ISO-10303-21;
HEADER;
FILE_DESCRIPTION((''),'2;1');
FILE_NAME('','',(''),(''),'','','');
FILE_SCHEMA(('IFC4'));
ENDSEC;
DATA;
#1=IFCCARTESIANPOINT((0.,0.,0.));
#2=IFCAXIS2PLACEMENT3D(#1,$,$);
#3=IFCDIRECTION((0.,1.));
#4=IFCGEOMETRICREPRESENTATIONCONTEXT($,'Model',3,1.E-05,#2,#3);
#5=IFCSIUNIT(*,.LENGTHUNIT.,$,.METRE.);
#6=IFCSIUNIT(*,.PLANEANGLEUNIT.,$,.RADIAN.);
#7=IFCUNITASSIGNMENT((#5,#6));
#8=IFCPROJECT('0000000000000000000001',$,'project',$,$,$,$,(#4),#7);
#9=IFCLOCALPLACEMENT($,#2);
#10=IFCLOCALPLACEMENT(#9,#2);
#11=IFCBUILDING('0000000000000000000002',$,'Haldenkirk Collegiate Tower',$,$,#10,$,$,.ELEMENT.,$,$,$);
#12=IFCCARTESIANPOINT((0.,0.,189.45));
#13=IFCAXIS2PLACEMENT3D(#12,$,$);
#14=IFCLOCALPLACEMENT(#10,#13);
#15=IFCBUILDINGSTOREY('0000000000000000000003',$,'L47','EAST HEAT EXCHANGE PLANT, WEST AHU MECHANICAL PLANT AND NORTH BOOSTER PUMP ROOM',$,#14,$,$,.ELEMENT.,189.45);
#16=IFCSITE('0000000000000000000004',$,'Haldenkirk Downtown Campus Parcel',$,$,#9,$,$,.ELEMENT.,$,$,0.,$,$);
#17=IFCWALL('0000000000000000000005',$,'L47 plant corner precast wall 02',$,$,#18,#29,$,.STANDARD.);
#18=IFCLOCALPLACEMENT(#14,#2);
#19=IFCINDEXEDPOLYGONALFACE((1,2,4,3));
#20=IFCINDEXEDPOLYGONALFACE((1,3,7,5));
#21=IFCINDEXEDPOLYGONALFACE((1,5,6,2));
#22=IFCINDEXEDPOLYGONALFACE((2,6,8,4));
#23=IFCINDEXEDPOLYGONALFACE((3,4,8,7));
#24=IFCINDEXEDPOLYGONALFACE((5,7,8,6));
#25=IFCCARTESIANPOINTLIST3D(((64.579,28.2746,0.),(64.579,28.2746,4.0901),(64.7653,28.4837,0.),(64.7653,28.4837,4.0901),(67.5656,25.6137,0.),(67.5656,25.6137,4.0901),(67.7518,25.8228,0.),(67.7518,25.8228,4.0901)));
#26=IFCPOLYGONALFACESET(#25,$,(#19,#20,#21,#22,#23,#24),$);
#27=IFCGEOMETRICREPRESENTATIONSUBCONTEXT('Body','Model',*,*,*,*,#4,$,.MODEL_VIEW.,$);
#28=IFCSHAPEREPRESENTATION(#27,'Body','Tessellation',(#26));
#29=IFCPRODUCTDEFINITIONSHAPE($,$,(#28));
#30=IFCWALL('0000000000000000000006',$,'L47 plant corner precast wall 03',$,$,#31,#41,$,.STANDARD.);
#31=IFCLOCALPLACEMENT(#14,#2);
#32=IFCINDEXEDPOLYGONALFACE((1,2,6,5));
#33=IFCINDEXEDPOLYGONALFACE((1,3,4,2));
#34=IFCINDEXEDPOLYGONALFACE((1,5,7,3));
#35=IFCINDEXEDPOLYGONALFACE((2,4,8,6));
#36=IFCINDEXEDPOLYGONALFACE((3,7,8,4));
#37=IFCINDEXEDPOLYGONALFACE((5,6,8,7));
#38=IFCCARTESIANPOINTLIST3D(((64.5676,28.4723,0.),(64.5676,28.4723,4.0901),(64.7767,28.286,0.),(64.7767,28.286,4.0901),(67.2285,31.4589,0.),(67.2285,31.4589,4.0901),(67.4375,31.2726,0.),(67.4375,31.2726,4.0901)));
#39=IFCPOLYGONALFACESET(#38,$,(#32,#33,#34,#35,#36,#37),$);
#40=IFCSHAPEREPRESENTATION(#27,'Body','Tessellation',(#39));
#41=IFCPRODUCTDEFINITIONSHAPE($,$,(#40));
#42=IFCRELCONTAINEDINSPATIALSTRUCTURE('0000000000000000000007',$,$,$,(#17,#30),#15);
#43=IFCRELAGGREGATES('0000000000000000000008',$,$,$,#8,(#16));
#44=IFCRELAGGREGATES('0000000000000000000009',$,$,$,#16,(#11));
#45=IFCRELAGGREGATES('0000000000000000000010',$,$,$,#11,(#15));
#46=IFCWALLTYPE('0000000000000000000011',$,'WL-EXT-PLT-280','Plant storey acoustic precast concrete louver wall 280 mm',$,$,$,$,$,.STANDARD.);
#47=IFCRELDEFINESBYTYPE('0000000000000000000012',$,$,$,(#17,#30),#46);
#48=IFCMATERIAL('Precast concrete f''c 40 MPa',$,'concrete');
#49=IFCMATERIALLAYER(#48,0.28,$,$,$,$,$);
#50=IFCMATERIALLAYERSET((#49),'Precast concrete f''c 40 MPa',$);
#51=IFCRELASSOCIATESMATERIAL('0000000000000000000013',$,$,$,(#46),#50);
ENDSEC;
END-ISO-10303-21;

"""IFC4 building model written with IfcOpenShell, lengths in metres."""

from ifc_helpers import new_model, si_unit, direction, frame, frame_2d, origin, place, context, subcontext, project, spatial, rectangle, extrude, material, layer, layer_set, type_object, element, save


model = new_model("IFC4")

# Units and contexts
model_context = context("Model", 3, precision=1e-05, world=origin(), true_north=direction((0.0, 1.0)))
body_context = subcontext(model_context, "Body", "Model", "MODEL_VIEW")
ifc_project = project(units=[si_unit("LENGTHUNIT", "METRE"), si_unit("PLANEANGLEUNIT", "RADIAN")], contexts=[model_context])

# Site, building, storey
site_placement = place(None, origin())
site = spatial("IfcSite", under=ifc_project, at=site_placement, Name="Haldenkirk Downtown Campus Parcel", CompositionType="ELEMENT", RefElevation=0.0)
building_placement = place(site_placement, origin())
building = spatial("IfcBuilding", under=site, at=building_placement, Name="Haldenkirk Collegiate Tower", CompositionType="ELEMENT")
storey_placement = place(building_placement, frame((0.0, 0.0, 189.45)))
storey = spatial("IfcBuildingStorey", under=building, at=storey_placement, Name="L47", Description="EAST HEAT EXCHANGE PLANT, WEST AHU MECHANICAL PLANT AND NORTH BOOSTER PUMP ROOM", CompositionType="ELEMENT", Elevation=189.45)

# Walls
ifc_material_1 = material(Name="Precast concrete f'c 40 MPa", Category="concrete")
ifc_layer_1 = layer(ifc_material_1, 0.28)
ifc_layer_set_1 = layer_set([ifc_layer_1], Name="Precast concrete f'c 40 MPa")
wall_type = type_object("IfcWallType", Name="WL-EXT-PLT-280", Description="Plant storey acoustic precast concrete louver wall 280 mm", PredefinedType="STANDARD", material=ifc_layer_set_1)
for number, where, z_axis, x_axis, name in (
    (1, (64.6721, 28.3792, 0.0), (0.0, 0.0, 1.0), (0.746644, -0.665223, 0.0), "L47 plant corner precast wall 02"),
    (2, (67.333, 31.3657, 0.0), (0.0, 0.0, 1.0), (-0.665223, -0.746644, 0.0), "L47 plant corner precast wall 03"),
):
    element("IfcWall", number, at=place(storey_placement, frame(where, z_axis=z_axis, x_axis=x_axis)), inside=storey, type_object=wall_type, Name=name, PredefinedType="STANDARD", context=body_context, shape_type="SweptSolid", body=[
        extrude(rectangle(XDim=4.0, YDim=0.28, at=frame_2d((2.0, 0.0))), origin(), (0.0, 0.0, 1.0), 4.0901),
    ])

save(model, "model.ifc")
